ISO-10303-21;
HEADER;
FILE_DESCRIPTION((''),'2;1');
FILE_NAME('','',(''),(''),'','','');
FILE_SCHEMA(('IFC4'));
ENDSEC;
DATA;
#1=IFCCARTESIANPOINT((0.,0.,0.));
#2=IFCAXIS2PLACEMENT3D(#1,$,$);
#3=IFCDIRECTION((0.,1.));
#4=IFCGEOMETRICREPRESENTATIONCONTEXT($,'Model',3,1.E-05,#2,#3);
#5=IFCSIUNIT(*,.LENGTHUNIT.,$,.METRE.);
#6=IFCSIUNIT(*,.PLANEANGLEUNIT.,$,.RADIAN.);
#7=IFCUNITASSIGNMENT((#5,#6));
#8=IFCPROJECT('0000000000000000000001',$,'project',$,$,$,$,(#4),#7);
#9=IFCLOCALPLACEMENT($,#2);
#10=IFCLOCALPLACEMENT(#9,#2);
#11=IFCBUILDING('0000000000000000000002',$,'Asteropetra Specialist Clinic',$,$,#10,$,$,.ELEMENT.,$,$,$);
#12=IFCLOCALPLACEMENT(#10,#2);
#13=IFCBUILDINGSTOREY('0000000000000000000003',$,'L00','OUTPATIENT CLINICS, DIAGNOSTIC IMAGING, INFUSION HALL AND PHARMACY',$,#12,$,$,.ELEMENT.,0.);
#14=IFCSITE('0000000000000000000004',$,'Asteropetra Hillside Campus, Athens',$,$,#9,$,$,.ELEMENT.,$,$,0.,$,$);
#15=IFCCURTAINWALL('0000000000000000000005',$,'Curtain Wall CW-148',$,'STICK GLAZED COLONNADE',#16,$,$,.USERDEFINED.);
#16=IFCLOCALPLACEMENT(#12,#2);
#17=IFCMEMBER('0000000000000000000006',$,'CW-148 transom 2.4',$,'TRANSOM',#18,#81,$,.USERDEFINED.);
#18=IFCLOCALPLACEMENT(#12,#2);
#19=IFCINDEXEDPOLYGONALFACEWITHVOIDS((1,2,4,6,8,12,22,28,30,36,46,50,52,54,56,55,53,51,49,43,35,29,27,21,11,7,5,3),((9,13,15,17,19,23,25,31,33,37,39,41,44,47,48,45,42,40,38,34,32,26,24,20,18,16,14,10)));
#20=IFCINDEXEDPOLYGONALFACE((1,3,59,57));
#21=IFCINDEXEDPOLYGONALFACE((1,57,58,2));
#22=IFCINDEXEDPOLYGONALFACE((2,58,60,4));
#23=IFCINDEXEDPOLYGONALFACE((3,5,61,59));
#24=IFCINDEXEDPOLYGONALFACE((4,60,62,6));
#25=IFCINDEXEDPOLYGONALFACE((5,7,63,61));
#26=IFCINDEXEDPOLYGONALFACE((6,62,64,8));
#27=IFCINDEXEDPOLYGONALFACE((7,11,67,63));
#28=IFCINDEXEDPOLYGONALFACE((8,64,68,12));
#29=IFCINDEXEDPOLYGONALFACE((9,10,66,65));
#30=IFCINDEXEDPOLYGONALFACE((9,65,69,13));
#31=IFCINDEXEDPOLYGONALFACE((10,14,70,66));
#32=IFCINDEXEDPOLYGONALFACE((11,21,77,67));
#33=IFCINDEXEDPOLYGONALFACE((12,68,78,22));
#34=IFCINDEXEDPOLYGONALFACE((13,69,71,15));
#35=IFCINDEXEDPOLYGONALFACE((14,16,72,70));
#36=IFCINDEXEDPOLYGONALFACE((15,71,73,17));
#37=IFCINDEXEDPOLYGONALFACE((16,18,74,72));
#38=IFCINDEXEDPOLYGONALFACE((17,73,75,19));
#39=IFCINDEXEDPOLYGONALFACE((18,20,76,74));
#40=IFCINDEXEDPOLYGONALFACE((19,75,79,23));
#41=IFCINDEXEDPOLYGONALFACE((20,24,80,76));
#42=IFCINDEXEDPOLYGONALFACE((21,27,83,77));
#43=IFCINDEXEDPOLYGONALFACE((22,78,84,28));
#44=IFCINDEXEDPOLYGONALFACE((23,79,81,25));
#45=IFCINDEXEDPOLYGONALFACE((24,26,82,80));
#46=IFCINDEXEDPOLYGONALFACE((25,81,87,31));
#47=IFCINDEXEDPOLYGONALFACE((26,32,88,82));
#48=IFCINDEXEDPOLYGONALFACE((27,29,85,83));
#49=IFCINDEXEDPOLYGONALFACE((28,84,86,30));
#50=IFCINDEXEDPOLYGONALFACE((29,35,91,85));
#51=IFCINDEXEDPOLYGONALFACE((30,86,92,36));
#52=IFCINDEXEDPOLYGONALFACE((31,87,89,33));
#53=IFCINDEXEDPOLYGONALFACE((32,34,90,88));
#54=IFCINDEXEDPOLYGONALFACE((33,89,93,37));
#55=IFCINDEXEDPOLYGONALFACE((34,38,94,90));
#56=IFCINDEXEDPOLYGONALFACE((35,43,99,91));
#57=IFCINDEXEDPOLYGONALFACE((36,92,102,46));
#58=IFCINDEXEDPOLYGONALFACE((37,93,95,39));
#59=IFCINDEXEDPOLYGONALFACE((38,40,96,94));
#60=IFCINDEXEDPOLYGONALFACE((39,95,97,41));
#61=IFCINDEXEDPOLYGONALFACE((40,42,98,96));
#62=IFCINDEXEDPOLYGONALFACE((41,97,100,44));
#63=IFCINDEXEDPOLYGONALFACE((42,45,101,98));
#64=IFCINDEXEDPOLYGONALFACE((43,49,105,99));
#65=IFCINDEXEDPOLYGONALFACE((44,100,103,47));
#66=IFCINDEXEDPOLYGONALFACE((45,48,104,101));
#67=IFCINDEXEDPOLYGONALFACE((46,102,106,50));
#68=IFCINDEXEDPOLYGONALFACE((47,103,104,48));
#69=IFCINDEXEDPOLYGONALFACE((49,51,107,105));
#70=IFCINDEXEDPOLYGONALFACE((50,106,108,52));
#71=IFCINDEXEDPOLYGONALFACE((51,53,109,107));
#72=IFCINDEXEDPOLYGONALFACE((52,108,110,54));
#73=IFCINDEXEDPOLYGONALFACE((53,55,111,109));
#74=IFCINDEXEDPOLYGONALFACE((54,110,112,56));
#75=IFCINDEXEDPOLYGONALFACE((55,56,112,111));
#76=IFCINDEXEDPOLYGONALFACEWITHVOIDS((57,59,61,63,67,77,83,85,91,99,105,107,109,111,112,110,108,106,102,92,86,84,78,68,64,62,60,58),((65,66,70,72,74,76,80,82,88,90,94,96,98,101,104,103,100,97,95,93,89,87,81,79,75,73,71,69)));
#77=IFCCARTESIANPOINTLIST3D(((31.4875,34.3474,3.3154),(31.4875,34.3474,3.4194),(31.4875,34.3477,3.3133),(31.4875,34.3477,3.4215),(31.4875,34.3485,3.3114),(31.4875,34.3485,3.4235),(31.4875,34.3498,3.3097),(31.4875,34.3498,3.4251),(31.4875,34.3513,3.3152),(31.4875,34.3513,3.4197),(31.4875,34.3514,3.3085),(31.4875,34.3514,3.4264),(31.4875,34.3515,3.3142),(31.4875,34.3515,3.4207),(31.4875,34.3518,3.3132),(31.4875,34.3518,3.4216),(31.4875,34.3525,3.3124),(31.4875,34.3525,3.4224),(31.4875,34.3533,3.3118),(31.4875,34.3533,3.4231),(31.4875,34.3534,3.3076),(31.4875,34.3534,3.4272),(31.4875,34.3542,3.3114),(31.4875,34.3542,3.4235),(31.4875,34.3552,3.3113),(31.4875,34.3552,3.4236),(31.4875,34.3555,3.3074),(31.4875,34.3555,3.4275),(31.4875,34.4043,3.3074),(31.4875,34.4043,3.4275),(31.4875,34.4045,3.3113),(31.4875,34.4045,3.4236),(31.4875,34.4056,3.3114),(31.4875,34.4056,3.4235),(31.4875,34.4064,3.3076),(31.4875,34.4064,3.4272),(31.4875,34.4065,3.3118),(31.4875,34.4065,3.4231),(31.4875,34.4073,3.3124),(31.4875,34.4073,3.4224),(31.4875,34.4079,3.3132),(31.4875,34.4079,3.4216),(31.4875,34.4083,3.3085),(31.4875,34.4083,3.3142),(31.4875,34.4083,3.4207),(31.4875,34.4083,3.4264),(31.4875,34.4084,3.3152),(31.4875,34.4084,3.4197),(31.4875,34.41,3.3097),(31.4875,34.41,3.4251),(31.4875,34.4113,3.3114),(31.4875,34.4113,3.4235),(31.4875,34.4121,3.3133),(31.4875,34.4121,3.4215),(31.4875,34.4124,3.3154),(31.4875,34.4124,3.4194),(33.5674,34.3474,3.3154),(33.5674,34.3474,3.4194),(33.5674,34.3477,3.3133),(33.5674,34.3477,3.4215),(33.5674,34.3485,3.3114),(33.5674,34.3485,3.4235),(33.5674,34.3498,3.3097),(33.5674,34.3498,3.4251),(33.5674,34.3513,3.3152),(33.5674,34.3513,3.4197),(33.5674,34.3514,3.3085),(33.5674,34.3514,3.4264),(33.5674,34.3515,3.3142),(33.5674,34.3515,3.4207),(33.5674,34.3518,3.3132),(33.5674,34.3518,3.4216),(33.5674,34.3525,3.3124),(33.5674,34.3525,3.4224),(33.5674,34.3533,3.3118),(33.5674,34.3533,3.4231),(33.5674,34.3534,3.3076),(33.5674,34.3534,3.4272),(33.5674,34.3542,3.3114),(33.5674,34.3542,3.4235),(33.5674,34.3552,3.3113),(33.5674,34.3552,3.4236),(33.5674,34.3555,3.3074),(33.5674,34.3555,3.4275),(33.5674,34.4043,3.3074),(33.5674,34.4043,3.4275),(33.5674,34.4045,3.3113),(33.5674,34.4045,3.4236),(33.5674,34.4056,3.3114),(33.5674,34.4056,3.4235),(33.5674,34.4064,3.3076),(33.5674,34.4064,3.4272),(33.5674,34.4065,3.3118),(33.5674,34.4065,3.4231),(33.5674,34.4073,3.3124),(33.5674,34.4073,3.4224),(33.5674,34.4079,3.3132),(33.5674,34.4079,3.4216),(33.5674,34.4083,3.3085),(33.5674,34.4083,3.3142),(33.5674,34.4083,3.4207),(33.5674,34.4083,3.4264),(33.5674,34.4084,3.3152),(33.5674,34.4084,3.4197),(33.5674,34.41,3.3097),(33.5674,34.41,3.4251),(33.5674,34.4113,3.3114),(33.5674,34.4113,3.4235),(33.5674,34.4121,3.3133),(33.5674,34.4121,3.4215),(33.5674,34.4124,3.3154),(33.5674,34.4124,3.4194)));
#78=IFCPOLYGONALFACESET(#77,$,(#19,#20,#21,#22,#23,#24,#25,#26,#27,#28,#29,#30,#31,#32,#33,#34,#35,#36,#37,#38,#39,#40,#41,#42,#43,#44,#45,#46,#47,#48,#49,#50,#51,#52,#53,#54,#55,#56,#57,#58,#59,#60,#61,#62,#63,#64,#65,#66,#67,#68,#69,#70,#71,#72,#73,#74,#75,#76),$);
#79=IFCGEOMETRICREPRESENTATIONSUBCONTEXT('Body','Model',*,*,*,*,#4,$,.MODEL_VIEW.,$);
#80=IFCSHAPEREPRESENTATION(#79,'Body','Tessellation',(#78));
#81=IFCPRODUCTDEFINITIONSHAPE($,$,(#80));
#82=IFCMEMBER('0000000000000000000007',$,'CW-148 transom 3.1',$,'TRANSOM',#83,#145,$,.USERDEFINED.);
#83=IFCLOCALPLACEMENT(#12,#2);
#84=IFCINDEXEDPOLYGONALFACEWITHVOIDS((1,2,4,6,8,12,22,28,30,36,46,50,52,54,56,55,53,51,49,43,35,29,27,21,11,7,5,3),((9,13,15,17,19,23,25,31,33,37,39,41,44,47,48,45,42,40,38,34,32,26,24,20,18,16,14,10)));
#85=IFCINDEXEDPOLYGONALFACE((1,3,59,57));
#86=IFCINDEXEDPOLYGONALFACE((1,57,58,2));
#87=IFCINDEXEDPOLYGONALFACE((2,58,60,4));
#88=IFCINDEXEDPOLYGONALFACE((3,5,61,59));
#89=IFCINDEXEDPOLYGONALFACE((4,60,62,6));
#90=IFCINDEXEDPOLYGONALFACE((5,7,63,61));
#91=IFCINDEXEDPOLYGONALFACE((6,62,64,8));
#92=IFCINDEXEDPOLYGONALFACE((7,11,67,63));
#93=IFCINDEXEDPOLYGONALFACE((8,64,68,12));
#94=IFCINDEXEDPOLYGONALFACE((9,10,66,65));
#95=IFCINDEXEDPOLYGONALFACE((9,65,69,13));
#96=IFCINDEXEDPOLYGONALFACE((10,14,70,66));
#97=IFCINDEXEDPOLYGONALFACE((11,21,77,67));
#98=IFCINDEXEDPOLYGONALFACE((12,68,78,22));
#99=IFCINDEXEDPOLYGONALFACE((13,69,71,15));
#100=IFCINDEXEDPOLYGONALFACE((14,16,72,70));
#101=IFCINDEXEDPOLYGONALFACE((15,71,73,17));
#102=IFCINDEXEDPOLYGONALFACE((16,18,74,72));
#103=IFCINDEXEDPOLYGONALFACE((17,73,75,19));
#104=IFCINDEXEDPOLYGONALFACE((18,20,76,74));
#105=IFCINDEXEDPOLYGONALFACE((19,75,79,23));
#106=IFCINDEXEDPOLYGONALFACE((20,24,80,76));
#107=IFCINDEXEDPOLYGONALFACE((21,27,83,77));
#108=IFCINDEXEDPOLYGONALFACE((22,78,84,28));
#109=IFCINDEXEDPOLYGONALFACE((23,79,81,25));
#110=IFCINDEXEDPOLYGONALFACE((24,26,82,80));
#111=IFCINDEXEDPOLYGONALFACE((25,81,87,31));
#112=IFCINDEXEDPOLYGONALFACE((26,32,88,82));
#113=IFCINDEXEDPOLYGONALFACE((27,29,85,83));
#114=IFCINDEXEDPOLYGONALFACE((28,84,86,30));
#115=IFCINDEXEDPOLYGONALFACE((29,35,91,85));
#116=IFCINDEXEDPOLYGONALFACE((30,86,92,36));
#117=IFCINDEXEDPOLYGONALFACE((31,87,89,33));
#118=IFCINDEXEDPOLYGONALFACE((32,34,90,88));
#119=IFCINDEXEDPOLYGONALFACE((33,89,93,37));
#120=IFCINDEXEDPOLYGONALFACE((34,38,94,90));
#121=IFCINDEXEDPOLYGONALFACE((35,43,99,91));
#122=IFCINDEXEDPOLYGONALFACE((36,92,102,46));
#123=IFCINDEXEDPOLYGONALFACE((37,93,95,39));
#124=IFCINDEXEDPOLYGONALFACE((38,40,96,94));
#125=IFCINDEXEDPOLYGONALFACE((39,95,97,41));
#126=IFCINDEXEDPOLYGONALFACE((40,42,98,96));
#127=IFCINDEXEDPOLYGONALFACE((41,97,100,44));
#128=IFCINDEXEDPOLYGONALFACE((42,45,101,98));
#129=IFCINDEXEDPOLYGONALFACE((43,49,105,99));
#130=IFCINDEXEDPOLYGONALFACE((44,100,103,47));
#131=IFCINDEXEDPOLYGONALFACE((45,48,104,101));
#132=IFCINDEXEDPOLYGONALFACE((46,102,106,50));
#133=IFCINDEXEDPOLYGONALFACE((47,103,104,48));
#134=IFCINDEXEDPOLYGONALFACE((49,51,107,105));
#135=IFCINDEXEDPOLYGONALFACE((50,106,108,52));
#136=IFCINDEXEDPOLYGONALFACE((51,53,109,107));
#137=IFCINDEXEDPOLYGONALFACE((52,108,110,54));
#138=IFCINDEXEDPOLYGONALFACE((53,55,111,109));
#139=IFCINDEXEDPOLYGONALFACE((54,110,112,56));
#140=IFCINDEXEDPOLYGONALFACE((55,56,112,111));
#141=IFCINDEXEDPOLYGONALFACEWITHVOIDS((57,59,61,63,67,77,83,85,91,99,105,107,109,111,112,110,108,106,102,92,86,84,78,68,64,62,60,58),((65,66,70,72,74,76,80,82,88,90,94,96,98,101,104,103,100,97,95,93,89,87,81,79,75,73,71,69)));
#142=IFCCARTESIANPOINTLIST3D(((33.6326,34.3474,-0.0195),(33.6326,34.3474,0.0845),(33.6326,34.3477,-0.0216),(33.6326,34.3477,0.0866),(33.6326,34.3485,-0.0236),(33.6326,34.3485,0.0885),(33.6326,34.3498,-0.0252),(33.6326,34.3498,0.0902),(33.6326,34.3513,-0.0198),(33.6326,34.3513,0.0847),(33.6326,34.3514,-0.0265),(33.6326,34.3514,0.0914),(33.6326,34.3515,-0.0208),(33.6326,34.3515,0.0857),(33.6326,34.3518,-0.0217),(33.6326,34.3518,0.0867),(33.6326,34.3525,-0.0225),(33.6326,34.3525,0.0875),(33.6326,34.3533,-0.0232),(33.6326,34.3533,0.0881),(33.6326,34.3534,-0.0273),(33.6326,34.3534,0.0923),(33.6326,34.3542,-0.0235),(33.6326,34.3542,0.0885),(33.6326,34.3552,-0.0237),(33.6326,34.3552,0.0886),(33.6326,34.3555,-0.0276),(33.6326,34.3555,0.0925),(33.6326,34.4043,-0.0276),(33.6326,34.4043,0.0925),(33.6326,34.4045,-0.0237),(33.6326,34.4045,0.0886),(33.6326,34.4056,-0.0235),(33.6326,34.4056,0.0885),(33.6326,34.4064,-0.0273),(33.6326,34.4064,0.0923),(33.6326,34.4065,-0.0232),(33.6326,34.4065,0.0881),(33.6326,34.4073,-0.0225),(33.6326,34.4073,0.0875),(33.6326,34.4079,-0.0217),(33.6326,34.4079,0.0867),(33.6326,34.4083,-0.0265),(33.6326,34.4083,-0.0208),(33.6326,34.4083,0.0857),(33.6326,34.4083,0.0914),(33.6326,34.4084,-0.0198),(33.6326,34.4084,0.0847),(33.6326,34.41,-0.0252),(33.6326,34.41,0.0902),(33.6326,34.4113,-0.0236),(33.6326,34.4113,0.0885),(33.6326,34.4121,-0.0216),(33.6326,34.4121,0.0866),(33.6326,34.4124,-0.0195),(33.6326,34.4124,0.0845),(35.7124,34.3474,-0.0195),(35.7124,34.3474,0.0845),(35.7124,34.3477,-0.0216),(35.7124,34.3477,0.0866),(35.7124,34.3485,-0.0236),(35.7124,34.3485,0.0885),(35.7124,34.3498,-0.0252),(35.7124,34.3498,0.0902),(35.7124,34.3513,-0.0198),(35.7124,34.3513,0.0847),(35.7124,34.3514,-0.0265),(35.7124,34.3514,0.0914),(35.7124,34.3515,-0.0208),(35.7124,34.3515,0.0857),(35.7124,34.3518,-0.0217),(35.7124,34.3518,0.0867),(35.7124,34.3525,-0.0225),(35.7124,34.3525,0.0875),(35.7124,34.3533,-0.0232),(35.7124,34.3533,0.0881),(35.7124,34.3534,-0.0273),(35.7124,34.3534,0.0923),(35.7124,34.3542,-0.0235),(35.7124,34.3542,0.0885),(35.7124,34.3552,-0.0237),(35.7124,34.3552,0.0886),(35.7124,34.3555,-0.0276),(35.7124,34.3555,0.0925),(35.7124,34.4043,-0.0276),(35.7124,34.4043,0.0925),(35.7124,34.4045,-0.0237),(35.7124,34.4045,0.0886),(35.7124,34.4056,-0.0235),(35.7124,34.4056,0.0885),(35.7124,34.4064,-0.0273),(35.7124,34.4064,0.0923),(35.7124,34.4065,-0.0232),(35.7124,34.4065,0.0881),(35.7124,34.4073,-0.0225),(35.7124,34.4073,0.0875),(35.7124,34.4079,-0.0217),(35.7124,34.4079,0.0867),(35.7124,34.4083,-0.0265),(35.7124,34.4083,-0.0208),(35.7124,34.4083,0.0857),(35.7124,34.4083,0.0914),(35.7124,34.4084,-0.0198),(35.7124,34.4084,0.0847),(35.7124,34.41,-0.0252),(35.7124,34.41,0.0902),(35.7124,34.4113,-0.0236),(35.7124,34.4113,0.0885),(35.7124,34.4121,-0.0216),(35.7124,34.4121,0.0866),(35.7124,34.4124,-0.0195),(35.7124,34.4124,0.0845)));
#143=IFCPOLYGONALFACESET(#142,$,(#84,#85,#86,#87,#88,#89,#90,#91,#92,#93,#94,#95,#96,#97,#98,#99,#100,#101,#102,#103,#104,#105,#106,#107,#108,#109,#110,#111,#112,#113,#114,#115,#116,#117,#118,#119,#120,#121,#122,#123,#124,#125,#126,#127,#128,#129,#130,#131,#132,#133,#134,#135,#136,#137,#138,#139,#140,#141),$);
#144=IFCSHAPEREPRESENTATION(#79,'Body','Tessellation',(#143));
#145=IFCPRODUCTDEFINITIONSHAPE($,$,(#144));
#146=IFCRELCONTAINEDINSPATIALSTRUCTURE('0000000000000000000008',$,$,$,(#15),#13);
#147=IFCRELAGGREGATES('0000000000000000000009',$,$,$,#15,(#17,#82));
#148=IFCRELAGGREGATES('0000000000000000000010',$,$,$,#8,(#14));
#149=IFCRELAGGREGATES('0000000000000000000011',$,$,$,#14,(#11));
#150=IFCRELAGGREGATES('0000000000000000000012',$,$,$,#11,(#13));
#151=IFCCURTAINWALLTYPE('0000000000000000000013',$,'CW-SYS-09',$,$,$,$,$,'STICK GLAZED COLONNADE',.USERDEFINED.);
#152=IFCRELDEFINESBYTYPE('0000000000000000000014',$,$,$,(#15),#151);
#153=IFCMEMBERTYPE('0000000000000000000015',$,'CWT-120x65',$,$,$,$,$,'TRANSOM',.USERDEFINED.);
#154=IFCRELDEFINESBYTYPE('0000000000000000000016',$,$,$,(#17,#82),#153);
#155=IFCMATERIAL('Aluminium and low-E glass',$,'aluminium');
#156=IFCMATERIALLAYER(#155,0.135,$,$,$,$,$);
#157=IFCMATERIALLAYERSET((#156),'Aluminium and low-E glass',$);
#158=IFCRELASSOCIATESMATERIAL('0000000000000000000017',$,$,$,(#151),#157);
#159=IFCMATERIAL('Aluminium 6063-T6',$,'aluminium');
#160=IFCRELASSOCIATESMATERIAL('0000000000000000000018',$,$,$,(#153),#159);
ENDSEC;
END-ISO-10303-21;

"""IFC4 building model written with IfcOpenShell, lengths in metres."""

from ifc_helpers import new_model, si_unit, direction, frame, origin, origin_2d, place, context, subcontext, project, spatial, hollow_rectangle, extrude, material, layer, layer_set, material_profile, profile_set, type_object, element, aggregate, save


model = new_model("IFC4")

# Units and contexts
model_context = context("Model", 3, precision=1e-05, world=origin(), true_north=direction((0.0, 1.0)))
body_context = subcontext(model_context, "Body", "Model", "MODEL_VIEW")
ifc_project = project(units=[si_unit("LENGTHUNIT", "METRE"), si_unit("PLANEANGLEUNIT", "RADIAN")], contexts=[model_context])

# Site, building, storey
site_placement = place(None, origin())
site = spatial("IfcSite", under=ifc_project, at=site_placement, Name="Asteropetra Hillside Campus, Athens", CompositionType="ELEMENT", RefElevation=0.0)
building_placement = place(site_placement, origin())
building = spatial("IfcBuilding", under=site, at=building_placement, Name="Asteropetra Specialist Clinic", CompositionType="ELEMENT")
storey_placement = place(building_placement, origin())
storey = spatial("IfcBuildingStorey", under=building, at=storey_placement, Name="L00", Description="OUTPATIENT CLINICS, DIAGNOSTIC IMAGING, INFUSION HALL AND PHARMACY", CompositionType="ELEMENT", Elevation=0.0)

# Curtain wall, members
ifc_material_1 = material(Name="Aluminium and low-E glass", Category="aluminium")
ifc_layer_1 = layer(ifc_material_1, 0.135)
ifc_layer_set_1 = layer_set([ifc_layer_1], Name="Aluminium and low-E glass")
curtain_wall_type = type_object("IfcCurtainWallType", Name="CW-SYS-09", ElementType="STICK GLAZED COLONNADE", PredefinedType="USERDEFINED", material=ifc_layer_set_1)
curtain_wall_placement = place(storey_placement, origin())
curtain_wall = element("IfcCurtainWall", 1, at=curtain_wall_placement, inside=storey, type_object=curtain_wall_type, Name="Curtain Wall CW-148", ObjectType="STICK GLAZED COLONNADE", PredefinedType="USERDEFINED")
ifc_material_2 = material(Name="Aluminium 6063-T6", Category="aluminium")
ifc_material_profile_1 = material_profile(ifc_material_2, hollow_rectangle(XDim=0.0649, YDim=0.1201, WallThickness=0.0039, InnerFilletRadius=0.0039, OuterFilletRadius=0.0081, at=origin_2d()), Name="TRN 120x65x4.0")
ifc_profile_set_1 = profile_set([ifc_material_profile_1], Name="Aluminium 6063-T6")
member_type_1 = type_object("IfcMemberType", Name="CWT-120x65", ElementType="TRANSOM", PredefinedType="USERDEFINED", material=ifc_profile_set_1)
member_1_placement = place(storey_placement, frame((31.4875, 34.3799, 3.3674), z_axis=(1.0, 0.0, 0.0), x_axis=(0.0, 1.0, 0.0)))
member_1 = element("IfcMember", 2, at=member_1_placement, type_object=member_type_1, Name="CW-148 transom 2.4", ObjectType="TRANSOM", PredefinedType="USERDEFINED", context=body_context, shape_type="SweptSolid", body=[
    extrude(hollow_rectangle(XDim=0.0649, YDim=0.1201, WallThickness=0.0039, InnerFilletRadius=0.0039, OuterFilletRadius=0.0081, at=origin_2d()), origin(), (0.0, 0.0, 1.0), 2.0798),
])
member_2_placement = place(storey_placement, frame((33.6326, 34.3799, 0.0325), z_axis=(1.0, 0.0, 0.0), x_axis=(0.0, 1.0, 0.0)))
member_2 = element("IfcMember", 3, at=member_2_placement, type_object=member_type_1, Name="CW-148 transom 3.1", ObjectType="TRANSOM", PredefinedType="USERDEFINED", context=body_context, shape_type="SweptSolid", body=[
    extrude(hollow_rectangle(XDim=0.0649, YDim=0.1201, WallThickness=0.0039, InnerFilletRadius=0.0039, OuterFilletRadius=0.0081, at=origin_2d()), origin(), (0.0, 0.0, 1.0), 2.0798),
])

aggregate(curtain_wall, [member_1, member_2])

save(model, "model.ifc")
